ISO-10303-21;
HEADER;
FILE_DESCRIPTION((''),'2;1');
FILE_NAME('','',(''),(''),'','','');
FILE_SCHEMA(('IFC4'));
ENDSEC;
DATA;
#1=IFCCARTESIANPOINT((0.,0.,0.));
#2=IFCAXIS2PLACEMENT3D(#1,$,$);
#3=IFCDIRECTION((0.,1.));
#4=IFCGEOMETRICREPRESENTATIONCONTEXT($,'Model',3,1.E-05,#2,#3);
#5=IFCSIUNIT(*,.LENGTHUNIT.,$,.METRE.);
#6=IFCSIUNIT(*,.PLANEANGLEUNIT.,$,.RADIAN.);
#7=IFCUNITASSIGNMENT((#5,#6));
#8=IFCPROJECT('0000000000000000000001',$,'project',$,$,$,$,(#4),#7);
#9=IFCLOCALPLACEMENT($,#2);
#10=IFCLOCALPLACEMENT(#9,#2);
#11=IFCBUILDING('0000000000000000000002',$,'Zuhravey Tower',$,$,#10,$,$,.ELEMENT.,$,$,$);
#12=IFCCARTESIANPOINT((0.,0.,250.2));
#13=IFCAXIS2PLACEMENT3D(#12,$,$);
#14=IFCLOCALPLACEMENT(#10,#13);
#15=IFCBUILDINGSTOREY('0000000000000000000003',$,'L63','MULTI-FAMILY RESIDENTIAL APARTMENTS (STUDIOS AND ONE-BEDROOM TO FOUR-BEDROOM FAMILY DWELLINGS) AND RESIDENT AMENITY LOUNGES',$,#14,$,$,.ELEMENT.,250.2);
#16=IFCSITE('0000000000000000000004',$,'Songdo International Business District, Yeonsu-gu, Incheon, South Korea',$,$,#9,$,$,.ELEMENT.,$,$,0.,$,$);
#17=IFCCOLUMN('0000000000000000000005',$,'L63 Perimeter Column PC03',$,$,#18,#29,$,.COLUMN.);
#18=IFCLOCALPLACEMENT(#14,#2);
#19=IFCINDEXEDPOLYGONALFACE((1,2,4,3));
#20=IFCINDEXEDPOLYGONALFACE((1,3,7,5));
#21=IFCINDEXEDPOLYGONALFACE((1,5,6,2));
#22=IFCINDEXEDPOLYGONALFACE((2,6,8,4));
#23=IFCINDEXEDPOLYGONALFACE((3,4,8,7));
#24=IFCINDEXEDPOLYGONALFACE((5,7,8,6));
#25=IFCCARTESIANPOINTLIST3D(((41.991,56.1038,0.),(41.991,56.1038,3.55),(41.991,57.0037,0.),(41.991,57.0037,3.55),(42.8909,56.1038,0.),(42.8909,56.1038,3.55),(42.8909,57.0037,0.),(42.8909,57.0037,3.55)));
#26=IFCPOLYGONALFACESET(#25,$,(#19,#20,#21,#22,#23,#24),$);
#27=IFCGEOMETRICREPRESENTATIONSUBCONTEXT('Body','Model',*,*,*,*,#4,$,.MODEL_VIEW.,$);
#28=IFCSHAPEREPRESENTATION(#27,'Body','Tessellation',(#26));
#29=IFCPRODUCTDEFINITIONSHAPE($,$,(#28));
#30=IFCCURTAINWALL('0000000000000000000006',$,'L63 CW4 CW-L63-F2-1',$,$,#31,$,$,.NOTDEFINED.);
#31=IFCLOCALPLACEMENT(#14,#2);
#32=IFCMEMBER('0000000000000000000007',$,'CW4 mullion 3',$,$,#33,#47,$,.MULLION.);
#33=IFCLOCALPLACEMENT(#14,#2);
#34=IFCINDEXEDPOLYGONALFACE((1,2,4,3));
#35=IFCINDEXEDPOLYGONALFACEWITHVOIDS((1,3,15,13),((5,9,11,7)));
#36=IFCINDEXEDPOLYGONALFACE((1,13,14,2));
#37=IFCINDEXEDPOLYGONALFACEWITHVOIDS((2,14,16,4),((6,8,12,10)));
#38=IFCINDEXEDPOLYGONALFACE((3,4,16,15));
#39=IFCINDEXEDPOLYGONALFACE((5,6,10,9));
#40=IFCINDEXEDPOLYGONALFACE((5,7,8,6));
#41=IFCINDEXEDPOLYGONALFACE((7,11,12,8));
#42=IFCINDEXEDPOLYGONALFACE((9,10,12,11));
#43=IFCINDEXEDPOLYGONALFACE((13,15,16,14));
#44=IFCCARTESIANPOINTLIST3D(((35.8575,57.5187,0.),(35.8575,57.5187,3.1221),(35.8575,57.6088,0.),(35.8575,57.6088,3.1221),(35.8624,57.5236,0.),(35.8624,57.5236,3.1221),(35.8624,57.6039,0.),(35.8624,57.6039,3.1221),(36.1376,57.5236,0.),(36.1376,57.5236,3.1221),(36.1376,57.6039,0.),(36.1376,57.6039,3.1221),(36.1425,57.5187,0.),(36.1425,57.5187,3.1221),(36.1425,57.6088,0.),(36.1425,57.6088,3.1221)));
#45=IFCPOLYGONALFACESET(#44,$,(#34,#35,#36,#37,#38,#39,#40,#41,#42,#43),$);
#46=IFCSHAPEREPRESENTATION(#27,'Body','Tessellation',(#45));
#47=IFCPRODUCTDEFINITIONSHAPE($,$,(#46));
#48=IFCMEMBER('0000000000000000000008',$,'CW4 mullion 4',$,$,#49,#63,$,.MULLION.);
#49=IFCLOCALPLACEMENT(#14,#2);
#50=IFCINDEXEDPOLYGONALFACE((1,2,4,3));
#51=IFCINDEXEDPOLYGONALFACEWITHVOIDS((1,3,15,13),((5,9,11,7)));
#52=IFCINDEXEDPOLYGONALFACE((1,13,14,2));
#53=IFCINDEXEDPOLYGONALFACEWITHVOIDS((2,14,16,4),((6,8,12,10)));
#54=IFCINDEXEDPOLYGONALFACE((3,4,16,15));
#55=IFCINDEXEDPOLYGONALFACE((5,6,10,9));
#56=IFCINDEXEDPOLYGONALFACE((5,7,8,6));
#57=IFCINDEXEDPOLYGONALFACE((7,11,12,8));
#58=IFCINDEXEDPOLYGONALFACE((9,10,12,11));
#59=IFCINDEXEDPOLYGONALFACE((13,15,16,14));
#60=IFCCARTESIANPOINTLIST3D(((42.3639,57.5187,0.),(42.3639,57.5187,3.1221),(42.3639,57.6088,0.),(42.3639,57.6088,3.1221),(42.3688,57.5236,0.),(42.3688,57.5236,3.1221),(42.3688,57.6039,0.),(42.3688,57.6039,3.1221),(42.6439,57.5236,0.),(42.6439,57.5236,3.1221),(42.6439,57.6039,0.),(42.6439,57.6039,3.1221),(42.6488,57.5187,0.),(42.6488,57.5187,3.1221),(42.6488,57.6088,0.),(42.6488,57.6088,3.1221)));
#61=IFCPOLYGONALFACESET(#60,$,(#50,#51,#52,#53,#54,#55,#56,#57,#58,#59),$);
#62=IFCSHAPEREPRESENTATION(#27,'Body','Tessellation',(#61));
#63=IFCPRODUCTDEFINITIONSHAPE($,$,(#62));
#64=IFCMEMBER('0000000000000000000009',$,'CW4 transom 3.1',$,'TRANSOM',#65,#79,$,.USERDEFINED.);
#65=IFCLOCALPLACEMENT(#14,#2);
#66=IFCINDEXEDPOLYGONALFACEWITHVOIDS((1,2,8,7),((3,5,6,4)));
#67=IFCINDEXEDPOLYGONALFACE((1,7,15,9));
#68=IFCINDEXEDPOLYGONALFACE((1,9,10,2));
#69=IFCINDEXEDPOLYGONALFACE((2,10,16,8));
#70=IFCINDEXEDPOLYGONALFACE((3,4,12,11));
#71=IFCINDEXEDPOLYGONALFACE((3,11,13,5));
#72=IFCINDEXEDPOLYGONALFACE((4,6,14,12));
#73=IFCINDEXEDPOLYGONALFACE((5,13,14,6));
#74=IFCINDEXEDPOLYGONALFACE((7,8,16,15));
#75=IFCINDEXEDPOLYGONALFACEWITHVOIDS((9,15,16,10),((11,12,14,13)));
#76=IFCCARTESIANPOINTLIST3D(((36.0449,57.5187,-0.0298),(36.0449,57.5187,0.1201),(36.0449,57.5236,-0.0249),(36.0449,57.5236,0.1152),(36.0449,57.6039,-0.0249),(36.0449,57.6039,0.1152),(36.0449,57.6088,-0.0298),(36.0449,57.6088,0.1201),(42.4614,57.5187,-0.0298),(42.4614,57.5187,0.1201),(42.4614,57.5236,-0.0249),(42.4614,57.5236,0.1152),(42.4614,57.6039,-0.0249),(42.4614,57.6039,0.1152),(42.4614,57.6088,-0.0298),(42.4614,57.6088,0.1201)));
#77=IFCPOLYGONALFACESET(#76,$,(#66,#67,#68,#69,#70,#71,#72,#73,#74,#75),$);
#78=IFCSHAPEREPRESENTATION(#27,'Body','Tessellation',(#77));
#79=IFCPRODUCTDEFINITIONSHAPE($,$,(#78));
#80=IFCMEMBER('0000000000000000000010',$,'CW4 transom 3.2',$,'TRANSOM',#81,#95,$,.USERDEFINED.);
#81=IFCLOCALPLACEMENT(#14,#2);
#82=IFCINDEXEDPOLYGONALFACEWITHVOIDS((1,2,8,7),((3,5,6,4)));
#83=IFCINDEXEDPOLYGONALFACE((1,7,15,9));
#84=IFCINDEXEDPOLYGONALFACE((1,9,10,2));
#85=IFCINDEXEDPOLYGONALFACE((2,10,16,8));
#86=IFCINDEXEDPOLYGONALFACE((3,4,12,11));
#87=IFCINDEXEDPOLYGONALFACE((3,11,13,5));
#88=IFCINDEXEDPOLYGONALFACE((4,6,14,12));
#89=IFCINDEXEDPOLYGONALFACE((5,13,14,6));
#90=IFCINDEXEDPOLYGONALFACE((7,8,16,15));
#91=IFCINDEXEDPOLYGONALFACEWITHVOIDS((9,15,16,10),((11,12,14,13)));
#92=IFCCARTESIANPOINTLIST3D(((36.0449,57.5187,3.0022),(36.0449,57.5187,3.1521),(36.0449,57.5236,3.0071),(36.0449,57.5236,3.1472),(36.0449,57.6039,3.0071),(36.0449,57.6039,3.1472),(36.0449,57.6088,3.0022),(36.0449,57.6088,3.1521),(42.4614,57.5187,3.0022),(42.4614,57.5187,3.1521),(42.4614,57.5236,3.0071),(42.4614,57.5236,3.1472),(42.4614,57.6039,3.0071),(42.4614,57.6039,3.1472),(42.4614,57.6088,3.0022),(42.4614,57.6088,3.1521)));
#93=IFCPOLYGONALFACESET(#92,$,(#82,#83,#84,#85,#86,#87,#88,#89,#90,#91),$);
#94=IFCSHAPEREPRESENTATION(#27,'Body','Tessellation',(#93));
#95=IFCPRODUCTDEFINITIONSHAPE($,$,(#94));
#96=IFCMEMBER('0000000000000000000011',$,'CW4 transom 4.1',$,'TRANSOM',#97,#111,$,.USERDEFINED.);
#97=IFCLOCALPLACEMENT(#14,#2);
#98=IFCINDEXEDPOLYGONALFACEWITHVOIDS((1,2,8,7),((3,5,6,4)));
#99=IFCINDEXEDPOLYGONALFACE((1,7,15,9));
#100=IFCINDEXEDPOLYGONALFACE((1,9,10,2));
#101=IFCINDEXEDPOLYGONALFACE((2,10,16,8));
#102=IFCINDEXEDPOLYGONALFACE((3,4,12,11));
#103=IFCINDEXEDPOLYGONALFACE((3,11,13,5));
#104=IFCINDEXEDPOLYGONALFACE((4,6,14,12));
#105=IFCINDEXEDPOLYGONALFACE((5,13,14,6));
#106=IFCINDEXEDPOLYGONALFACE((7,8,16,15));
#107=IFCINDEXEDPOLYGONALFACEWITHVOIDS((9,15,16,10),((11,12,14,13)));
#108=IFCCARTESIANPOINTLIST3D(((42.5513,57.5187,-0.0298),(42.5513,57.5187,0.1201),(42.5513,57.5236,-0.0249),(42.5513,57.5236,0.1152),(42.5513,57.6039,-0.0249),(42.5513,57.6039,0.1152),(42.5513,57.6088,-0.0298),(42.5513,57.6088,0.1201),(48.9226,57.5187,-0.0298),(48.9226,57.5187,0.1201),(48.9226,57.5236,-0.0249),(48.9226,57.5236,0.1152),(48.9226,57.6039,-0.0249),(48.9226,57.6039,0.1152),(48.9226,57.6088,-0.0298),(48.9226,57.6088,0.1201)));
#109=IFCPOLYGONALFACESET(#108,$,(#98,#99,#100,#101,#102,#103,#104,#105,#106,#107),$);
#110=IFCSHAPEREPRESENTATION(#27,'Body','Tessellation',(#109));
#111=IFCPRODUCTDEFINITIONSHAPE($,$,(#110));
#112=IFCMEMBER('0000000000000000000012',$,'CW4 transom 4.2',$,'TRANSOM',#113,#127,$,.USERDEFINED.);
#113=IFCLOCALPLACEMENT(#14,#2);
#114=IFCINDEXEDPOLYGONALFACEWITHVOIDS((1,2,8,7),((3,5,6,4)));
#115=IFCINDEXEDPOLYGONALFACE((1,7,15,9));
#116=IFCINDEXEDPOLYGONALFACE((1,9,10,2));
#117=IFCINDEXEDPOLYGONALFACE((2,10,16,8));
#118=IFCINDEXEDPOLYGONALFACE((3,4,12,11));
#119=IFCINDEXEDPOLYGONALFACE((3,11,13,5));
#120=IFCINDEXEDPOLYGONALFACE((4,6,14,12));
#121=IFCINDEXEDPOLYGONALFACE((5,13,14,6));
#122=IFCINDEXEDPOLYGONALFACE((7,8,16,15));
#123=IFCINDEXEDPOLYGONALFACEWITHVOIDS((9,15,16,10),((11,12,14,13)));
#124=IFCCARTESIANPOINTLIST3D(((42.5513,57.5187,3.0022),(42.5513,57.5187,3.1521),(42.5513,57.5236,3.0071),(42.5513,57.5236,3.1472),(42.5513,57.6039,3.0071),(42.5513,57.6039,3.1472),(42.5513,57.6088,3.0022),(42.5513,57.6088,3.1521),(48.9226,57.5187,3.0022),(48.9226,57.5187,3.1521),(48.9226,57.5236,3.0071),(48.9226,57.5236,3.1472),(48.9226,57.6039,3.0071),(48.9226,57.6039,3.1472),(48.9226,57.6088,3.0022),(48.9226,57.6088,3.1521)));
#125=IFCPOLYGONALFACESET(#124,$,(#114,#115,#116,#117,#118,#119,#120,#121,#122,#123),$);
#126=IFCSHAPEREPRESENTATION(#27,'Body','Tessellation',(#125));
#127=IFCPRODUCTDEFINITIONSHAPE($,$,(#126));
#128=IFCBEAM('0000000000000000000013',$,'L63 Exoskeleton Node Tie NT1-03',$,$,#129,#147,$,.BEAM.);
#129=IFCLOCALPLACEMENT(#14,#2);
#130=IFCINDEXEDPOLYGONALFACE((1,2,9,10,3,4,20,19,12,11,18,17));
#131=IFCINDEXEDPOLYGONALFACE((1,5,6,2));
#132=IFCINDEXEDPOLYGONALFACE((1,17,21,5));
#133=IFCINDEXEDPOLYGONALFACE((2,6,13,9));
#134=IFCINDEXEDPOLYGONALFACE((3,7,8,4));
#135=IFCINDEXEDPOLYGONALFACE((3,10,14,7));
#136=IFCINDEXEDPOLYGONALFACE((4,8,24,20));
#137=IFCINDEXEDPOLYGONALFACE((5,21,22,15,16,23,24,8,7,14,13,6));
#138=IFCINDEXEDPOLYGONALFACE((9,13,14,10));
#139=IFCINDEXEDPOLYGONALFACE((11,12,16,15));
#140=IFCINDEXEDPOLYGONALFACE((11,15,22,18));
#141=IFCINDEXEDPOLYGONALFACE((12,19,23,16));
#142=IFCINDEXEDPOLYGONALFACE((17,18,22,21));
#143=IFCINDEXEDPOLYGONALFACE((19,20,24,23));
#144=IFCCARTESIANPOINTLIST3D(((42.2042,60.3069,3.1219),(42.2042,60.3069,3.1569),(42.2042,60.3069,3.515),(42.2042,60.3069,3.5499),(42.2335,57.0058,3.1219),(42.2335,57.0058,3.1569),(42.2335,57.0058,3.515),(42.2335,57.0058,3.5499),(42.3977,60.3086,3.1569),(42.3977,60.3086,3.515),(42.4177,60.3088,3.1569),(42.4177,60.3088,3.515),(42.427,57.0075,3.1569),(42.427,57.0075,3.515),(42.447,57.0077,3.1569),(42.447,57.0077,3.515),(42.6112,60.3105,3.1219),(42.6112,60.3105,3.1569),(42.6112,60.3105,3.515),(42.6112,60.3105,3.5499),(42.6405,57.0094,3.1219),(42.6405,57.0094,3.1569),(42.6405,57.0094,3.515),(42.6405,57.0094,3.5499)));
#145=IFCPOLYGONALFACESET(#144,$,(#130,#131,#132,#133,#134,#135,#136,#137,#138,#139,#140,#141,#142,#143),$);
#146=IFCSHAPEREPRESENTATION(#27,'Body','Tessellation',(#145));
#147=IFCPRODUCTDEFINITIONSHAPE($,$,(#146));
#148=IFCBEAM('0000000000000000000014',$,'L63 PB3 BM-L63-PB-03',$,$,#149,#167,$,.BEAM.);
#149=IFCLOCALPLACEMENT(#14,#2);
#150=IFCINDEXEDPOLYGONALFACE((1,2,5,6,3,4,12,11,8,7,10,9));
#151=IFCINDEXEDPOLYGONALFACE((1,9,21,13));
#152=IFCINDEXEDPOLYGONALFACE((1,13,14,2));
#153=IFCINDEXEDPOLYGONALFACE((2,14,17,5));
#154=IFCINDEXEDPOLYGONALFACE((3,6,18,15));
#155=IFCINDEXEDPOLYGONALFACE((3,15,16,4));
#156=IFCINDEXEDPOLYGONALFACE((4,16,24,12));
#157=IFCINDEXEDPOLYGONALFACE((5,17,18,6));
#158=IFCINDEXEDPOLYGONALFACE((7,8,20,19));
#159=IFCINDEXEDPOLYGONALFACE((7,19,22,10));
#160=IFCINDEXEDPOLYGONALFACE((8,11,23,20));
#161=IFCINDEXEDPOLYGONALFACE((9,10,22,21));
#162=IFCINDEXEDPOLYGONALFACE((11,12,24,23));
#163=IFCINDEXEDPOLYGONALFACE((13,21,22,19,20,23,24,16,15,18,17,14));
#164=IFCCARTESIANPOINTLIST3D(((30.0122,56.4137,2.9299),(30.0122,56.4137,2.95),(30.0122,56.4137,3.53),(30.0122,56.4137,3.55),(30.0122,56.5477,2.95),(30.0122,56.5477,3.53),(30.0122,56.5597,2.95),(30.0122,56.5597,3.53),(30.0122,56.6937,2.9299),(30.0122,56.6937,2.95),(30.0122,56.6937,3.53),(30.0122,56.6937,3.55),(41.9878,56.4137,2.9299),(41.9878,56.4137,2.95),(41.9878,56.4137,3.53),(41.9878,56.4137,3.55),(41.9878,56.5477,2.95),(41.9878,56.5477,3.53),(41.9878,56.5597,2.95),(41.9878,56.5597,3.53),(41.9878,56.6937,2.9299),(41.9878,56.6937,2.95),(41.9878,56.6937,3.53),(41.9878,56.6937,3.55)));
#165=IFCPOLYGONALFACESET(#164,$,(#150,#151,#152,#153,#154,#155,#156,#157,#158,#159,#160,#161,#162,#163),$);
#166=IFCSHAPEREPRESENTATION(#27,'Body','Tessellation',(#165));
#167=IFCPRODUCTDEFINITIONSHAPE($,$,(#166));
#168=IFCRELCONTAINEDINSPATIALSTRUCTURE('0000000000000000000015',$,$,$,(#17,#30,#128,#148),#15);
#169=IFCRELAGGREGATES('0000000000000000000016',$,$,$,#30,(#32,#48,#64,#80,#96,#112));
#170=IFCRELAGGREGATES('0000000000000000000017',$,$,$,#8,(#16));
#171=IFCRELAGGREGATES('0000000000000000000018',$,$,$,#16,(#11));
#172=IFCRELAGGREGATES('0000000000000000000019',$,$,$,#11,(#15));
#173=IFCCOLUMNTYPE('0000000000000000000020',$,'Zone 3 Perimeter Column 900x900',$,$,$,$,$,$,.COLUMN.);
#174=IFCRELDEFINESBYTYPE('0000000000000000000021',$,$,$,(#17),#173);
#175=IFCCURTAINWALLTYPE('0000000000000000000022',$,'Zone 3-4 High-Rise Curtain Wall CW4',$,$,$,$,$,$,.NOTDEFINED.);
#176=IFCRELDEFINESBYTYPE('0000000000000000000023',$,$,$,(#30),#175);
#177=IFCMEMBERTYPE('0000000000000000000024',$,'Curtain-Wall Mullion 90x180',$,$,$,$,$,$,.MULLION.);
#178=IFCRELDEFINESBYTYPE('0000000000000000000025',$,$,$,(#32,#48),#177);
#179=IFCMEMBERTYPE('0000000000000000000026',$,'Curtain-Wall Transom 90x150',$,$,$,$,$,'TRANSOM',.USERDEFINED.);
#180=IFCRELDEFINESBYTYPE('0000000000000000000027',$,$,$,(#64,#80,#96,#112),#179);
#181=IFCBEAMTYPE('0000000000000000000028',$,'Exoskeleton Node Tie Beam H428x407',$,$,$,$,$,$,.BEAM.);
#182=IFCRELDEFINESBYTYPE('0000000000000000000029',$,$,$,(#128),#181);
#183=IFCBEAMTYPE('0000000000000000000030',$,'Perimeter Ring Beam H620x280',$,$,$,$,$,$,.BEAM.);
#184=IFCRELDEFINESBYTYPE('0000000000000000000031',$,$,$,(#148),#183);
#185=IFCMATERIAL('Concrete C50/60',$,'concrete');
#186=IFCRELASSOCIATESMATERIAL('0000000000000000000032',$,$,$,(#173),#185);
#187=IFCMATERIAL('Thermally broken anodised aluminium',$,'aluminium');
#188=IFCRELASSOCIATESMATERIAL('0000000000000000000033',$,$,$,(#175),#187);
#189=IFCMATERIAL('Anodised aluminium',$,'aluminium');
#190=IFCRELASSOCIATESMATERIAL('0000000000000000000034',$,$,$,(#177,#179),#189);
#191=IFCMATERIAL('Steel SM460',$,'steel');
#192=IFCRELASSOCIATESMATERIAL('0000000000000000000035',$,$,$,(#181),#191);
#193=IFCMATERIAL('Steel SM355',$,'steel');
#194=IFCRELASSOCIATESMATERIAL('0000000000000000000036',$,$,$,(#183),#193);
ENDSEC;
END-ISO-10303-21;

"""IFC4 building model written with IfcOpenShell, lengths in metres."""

from ifc_helpers import new_model, si_unit, direction, frame, origin, origin_2d, place, context, subcontext, project, spatial, rectangle, hollow_rectangle, i_section, extrude, material, material_profile, profile_set, type_object, element, aggregate, save


model = new_model("IFC4")

# Units and contexts
model_context = context("Model", 3, precision=1e-05, world=origin(), true_north=direction((0.0, 1.0)))
body_context = subcontext(model_context, "Body", "Model", "MODEL_VIEW")
ifc_project = project(units=[si_unit("LENGTHUNIT", "METRE"), si_unit("PLANEANGLEUNIT", "RADIAN")], contexts=[model_context])

# Site, building, storey
site_placement = place(None, origin())
site = spatial("IfcSite", under=ifc_project, at=site_placement, Name="Songdo International Business District, Yeonsu-gu, Incheon, South Korea", CompositionType="ELEMENT", RefElevation=0.0)
building_placement = place(site_placement, origin())
building = spatial("IfcBuilding", under=site, at=building_placement, Name="Zuhravey Tower", CompositionType="ELEMENT")
storey_placement = place(building_placement, frame((0.0, 0.0, 250.2)))
storey = spatial("IfcBuildingStorey", under=building, at=storey_placement, Name="L63", Description="MULTI-FAMILY RESIDENTIAL APARTMENTS (STUDIOS AND ONE-BEDROOM TO FOUR-BEDROOM FAMILY DWELLINGS) AND RESIDENT AMENITY LOUNGES", CompositionType="ELEMENT", Elevation=250.2)

# Column
ifc_material_1 = material(Name="Concrete C50/60", Category="concrete")
ifc_material_profile_1 = material_profile(ifc_material_1, rectangle(XDim=0.8999, YDim=0.8999, at=origin_2d()), Name="RC-900x900")
ifc_profile_set_1 = profile_set([ifc_material_profile_1], Name="Concrete C50/60")
column_type = type_object("IfcColumnType", Name="Zone 3 Perimeter Column 900x900", PredefinedType="COLUMN", material=ifc_profile_set_1)
column_placement = place(storey_placement, frame((42.4409, 56.5537, 0.0), z_axis=(0.0, 0.0, 1.0), x_axis=(-1.0, 0.0, 0.0)))
element("IfcColumn", 1, at=column_placement, inside=storey, type_object=column_type, Name="L63 Perimeter Column PC03", PredefinedType="COLUMN", context=body_context, shape_type="SweptSolid", body=[
    extrude(rectangle(XDim=0.8999, YDim=0.8999, at=origin_2d()), origin(), (0.0, 0.0, 1.0), 3.55),
])

# Curtain wall, members
ifc_material_2 = material(Name="Thermally broken anodised aluminium", Category="aluminium")
curtain_wall_type = type_object("IfcCurtainWallType", Name="Zone 3-4 High-Rise Curtain Wall CW4", PredefinedType="NOTDEFINED", material=ifc_material_2)
curtain_wall_placement = place(storey_placement, origin())
curtain_wall = element("IfcCurtainWall", 2, at=curtain_wall_placement, inside=storey, type_object=curtain_wall_type, Name="L63 CW4 CW-L63-F2-1", PredefinedType="NOTDEFINED")
ifc_material_3 = material(Name="Anodised aluminium", Category="aluminium")
ifc_material_profile_2 = material_profile(ifc_material_3, hollow_rectangle(XDim=0.0901, YDim=0.2849, WallThickness=0.0049, at=origin_2d()), Name="ALU-RHS-90x285x5")
ifc_profile_set_2 = profile_set([ifc_material_profile_2], Name="Anodised aluminium")
member_type_1 = type_object("IfcMemberType", Name="Curtain-Wall Mullion 90x180", PredefinedType="MULLION", material=ifc_profile_set_2)
member_1_placement = place(storey_placement, frame((36.0, 57.5637, 0.0), z_axis=(0.0, 0.0, 1.0), x_axis=(0.0, 1.0, 0.0)))
member_1 = element("IfcMember", 3, at=member_1_placement, type_object=member_type_1, Name="CW4 mullion 3", PredefinedType="MULLION", context=body_context, shape_type="SweptSolid", body=[
    extrude(hollow_rectangle(XDim=0.0901, YDim=0.2849, WallThickness=0.0049, at=origin_2d()), origin(), (0.0, 0.0, 1.0), 3.1221),
])
member_2_placement = place(storey_placement, frame((42.5063, 57.5637, 0.0), z_axis=(0.0, 0.0, 1.0), x_axis=(0.0, 1.0, 0.0)))
member_2 = element("IfcMember", 4, at=member_2_placement, type_object=member_type_1, Name="CW4 mullion 4", PredefinedType="MULLION", context=body_context, shape_type="SweptSolid", body=[
    extrude(hollow_rectangle(XDim=0.0901, YDim=0.2849, WallThickness=0.0049, at=origin_2d()), origin(), (0.0, 0.0, 1.0), 3.1221),
])
ifc_material_profile_3 = material_profile(ifc_material_3, hollow_rectangle(XDim=0.0901, YDim=0.1499, WallThickness=0.0049, at=origin_2d()), Name="ALU-RHS-90x150x5")
ifc_profile_set_3 = profile_set([ifc_material_profile_3], Name="Anodised aluminium")
member_type_2 = type_object("IfcMemberType", Name="Curtain-Wall Transom 90x150", ElementType="TRANSOM", PredefinedType="USERDEFINED", material=ifc_profile_set_3)
member_3_placement = place(storey_placement, frame((36.0449, 57.5637, 0.0452), z_axis=(1.0, 0.0, 0.0), x_axis=(0.0, 1.0, 0.0)))
member_3 = element("IfcMember", 5, at=member_3_placement, type_object=member_type_2, Name="CW4 transom 3.1", ObjectType="TRANSOM", PredefinedType="USERDEFINED", context=body_context, shape_type="SweptSolid", body=[
    extrude(hollow_rectangle(XDim=0.0901, YDim=0.1499, WallThickness=0.0049, at=origin_2d()), origin(), (0.0, 0.0, 1.0), 6.4165),
])
member_4_placement = place(storey_placement, frame((36.0449, 57.5637, 3.0771), z_axis=(1.0, 0.0, 0.0), x_axis=(0.0, 1.0, 0.0)))
member_4 = element("IfcMember", 6, at=member_4_placement, type_object=member_type_2, Name="CW4 transom 3.2", ObjectType="TRANSOM", PredefinedType="USERDEFINED", context=body_context, shape_type="SweptSolid", body=[
    extrude(hollow_rectangle(XDim=0.0901, YDim=0.1499, WallThickness=0.0049, at=origin_2d()), origin(), (0.0, 0.0, 1.0), 6.4165),
])
member_5_placement = place(storey_placement, frame((42.5513, 57.5637, 0.0452), z_axis=(1.0, 0.0, 0.0), x_axis=(0.0, 1.0, 0.0)))
member_5 = element("IfcMember", 7, at=member_5_placement, type_object=member_type_2, Name="CW4 transom 4.1", ObjectType="TRANSOM", PredefinedType="USERDEFINED", context=body_context, shape_type="SweptSolid", body=[
    extrude(hollow_rectangle(XDim=0.0901, YDim=0.1499, WallThickness=0.0049, at=origin_2d()), origin(), (0.0, 0.0, 1.0), 6.3713),
])
member_6_placement = place(storey_placement, frame((42.5513, 57.5637, 3.0771), z_axis=(1.0, 0.0, 0.0), x_axis=(0.0, 1.0, 0.0)))
member_6 = element("IfcMember", 8, at=member_6_placement, type_object=member_type_2, Name="CW4 transom 4.2", ObjectType="TRANSOM", PredefinedType="USERDEFINED", context=body_context, shape_type="SweptSolid", body=[
    extrude(hollow_rectangle(XDim=0.0901, YDim=0.1499, WallThickness=0.0049, at=origin_2d()), origin(), (0.0, 0.0, 1.0), 6.3713),
])

# Beams
ifc_material_4 = material(Name="Steel SM460", Category="steel")
ifc_material_profile_4 = material_profile(ifc_material_4, i_section(OverallWidth=0.407, OverallDepth=0.428, WebThickness=0.02, FlangeThickness=0.0349, at=origin_2d()), Name="H-428x407x20x35")
ifc_profile_set_4 = profile_set([ifc_material_profile_4], Name="Steel SM460")
beam_type_1 = type_object("IfcBeamType", Name="Exoskeleton Node Tie Beam H428x407", PredefinedType="BEAM", material=ifc_profile_set_4)
beam_1_placement = place(storey_placement, frame((42.437, 57.0076, 3.3359), z_axis=(-0.008875, 0.999961, 0.0), x_axis=(-0.999961, -0.008875, 0.0)))
element("IfcBeam", 9, at=beam_1_placement, inside=storey, type_object=beam_type_1, Name="L63 Exoskeleton Node Tie NT1-03", PredefinedType="BEAM", context=body_context, shape_type="SweptSolid", body=[
    extrude(i_section(OverallWidth=0.407, OverallDepth=0.428, WebThickness=0.02, FlangeThickness=0.0349, at=origin_2d()), origin(), (0.0, 0.0, 1.0), 3.3013),
])
ifc_material_5 = material(Name="Steel SM355", Category="steel")
ifc_material_profile_5 = material_profile(ifc_material_5, i_section(OverallWidth=0.28, OverallDepth=0.6201, WebThickness=0.012, FlangeThickness=0.02, at=origin_2d()), Name="H-620x280x12x20")
ifc_profile_set_5 = profile_set([ifc_material_profile_5], Name="Steel SM355")
beam_type_2 = type_object("IfcBeamType", Name="Perimeter Ring Beam H620x280", PredefinedType="BEAM", material=ifc_profile_set_5)
beam_2_placement = place(storey_placement, frame((41.9878, 56.5537, 3.24), z_axis=(-1.0, 0.0, 0.0), x_axis=(0.0, -1.0, 0.0)))
element("IfcBeam", 10, at=beam_2_placement, inside=storey, type_object=beam_type_2, Name="L63 PB3 BM-L63-PB-03", PredefinedType="BEAM", context=body_context, shape_type="SweptSolid", body=[
    extrude(i_section(OverallWidth=0.28, OverallDepth=0.6201, WebThickness=0.012, FlangeThickness=0.02, at=origin_2d()), origin(), (0.0, 0.0, 1.0), 11.9756),
])

aggregate(curtain_wall, [member_1, member_2, member_3, member_4, member_5, member_6])

save(model, "model.ifc")
